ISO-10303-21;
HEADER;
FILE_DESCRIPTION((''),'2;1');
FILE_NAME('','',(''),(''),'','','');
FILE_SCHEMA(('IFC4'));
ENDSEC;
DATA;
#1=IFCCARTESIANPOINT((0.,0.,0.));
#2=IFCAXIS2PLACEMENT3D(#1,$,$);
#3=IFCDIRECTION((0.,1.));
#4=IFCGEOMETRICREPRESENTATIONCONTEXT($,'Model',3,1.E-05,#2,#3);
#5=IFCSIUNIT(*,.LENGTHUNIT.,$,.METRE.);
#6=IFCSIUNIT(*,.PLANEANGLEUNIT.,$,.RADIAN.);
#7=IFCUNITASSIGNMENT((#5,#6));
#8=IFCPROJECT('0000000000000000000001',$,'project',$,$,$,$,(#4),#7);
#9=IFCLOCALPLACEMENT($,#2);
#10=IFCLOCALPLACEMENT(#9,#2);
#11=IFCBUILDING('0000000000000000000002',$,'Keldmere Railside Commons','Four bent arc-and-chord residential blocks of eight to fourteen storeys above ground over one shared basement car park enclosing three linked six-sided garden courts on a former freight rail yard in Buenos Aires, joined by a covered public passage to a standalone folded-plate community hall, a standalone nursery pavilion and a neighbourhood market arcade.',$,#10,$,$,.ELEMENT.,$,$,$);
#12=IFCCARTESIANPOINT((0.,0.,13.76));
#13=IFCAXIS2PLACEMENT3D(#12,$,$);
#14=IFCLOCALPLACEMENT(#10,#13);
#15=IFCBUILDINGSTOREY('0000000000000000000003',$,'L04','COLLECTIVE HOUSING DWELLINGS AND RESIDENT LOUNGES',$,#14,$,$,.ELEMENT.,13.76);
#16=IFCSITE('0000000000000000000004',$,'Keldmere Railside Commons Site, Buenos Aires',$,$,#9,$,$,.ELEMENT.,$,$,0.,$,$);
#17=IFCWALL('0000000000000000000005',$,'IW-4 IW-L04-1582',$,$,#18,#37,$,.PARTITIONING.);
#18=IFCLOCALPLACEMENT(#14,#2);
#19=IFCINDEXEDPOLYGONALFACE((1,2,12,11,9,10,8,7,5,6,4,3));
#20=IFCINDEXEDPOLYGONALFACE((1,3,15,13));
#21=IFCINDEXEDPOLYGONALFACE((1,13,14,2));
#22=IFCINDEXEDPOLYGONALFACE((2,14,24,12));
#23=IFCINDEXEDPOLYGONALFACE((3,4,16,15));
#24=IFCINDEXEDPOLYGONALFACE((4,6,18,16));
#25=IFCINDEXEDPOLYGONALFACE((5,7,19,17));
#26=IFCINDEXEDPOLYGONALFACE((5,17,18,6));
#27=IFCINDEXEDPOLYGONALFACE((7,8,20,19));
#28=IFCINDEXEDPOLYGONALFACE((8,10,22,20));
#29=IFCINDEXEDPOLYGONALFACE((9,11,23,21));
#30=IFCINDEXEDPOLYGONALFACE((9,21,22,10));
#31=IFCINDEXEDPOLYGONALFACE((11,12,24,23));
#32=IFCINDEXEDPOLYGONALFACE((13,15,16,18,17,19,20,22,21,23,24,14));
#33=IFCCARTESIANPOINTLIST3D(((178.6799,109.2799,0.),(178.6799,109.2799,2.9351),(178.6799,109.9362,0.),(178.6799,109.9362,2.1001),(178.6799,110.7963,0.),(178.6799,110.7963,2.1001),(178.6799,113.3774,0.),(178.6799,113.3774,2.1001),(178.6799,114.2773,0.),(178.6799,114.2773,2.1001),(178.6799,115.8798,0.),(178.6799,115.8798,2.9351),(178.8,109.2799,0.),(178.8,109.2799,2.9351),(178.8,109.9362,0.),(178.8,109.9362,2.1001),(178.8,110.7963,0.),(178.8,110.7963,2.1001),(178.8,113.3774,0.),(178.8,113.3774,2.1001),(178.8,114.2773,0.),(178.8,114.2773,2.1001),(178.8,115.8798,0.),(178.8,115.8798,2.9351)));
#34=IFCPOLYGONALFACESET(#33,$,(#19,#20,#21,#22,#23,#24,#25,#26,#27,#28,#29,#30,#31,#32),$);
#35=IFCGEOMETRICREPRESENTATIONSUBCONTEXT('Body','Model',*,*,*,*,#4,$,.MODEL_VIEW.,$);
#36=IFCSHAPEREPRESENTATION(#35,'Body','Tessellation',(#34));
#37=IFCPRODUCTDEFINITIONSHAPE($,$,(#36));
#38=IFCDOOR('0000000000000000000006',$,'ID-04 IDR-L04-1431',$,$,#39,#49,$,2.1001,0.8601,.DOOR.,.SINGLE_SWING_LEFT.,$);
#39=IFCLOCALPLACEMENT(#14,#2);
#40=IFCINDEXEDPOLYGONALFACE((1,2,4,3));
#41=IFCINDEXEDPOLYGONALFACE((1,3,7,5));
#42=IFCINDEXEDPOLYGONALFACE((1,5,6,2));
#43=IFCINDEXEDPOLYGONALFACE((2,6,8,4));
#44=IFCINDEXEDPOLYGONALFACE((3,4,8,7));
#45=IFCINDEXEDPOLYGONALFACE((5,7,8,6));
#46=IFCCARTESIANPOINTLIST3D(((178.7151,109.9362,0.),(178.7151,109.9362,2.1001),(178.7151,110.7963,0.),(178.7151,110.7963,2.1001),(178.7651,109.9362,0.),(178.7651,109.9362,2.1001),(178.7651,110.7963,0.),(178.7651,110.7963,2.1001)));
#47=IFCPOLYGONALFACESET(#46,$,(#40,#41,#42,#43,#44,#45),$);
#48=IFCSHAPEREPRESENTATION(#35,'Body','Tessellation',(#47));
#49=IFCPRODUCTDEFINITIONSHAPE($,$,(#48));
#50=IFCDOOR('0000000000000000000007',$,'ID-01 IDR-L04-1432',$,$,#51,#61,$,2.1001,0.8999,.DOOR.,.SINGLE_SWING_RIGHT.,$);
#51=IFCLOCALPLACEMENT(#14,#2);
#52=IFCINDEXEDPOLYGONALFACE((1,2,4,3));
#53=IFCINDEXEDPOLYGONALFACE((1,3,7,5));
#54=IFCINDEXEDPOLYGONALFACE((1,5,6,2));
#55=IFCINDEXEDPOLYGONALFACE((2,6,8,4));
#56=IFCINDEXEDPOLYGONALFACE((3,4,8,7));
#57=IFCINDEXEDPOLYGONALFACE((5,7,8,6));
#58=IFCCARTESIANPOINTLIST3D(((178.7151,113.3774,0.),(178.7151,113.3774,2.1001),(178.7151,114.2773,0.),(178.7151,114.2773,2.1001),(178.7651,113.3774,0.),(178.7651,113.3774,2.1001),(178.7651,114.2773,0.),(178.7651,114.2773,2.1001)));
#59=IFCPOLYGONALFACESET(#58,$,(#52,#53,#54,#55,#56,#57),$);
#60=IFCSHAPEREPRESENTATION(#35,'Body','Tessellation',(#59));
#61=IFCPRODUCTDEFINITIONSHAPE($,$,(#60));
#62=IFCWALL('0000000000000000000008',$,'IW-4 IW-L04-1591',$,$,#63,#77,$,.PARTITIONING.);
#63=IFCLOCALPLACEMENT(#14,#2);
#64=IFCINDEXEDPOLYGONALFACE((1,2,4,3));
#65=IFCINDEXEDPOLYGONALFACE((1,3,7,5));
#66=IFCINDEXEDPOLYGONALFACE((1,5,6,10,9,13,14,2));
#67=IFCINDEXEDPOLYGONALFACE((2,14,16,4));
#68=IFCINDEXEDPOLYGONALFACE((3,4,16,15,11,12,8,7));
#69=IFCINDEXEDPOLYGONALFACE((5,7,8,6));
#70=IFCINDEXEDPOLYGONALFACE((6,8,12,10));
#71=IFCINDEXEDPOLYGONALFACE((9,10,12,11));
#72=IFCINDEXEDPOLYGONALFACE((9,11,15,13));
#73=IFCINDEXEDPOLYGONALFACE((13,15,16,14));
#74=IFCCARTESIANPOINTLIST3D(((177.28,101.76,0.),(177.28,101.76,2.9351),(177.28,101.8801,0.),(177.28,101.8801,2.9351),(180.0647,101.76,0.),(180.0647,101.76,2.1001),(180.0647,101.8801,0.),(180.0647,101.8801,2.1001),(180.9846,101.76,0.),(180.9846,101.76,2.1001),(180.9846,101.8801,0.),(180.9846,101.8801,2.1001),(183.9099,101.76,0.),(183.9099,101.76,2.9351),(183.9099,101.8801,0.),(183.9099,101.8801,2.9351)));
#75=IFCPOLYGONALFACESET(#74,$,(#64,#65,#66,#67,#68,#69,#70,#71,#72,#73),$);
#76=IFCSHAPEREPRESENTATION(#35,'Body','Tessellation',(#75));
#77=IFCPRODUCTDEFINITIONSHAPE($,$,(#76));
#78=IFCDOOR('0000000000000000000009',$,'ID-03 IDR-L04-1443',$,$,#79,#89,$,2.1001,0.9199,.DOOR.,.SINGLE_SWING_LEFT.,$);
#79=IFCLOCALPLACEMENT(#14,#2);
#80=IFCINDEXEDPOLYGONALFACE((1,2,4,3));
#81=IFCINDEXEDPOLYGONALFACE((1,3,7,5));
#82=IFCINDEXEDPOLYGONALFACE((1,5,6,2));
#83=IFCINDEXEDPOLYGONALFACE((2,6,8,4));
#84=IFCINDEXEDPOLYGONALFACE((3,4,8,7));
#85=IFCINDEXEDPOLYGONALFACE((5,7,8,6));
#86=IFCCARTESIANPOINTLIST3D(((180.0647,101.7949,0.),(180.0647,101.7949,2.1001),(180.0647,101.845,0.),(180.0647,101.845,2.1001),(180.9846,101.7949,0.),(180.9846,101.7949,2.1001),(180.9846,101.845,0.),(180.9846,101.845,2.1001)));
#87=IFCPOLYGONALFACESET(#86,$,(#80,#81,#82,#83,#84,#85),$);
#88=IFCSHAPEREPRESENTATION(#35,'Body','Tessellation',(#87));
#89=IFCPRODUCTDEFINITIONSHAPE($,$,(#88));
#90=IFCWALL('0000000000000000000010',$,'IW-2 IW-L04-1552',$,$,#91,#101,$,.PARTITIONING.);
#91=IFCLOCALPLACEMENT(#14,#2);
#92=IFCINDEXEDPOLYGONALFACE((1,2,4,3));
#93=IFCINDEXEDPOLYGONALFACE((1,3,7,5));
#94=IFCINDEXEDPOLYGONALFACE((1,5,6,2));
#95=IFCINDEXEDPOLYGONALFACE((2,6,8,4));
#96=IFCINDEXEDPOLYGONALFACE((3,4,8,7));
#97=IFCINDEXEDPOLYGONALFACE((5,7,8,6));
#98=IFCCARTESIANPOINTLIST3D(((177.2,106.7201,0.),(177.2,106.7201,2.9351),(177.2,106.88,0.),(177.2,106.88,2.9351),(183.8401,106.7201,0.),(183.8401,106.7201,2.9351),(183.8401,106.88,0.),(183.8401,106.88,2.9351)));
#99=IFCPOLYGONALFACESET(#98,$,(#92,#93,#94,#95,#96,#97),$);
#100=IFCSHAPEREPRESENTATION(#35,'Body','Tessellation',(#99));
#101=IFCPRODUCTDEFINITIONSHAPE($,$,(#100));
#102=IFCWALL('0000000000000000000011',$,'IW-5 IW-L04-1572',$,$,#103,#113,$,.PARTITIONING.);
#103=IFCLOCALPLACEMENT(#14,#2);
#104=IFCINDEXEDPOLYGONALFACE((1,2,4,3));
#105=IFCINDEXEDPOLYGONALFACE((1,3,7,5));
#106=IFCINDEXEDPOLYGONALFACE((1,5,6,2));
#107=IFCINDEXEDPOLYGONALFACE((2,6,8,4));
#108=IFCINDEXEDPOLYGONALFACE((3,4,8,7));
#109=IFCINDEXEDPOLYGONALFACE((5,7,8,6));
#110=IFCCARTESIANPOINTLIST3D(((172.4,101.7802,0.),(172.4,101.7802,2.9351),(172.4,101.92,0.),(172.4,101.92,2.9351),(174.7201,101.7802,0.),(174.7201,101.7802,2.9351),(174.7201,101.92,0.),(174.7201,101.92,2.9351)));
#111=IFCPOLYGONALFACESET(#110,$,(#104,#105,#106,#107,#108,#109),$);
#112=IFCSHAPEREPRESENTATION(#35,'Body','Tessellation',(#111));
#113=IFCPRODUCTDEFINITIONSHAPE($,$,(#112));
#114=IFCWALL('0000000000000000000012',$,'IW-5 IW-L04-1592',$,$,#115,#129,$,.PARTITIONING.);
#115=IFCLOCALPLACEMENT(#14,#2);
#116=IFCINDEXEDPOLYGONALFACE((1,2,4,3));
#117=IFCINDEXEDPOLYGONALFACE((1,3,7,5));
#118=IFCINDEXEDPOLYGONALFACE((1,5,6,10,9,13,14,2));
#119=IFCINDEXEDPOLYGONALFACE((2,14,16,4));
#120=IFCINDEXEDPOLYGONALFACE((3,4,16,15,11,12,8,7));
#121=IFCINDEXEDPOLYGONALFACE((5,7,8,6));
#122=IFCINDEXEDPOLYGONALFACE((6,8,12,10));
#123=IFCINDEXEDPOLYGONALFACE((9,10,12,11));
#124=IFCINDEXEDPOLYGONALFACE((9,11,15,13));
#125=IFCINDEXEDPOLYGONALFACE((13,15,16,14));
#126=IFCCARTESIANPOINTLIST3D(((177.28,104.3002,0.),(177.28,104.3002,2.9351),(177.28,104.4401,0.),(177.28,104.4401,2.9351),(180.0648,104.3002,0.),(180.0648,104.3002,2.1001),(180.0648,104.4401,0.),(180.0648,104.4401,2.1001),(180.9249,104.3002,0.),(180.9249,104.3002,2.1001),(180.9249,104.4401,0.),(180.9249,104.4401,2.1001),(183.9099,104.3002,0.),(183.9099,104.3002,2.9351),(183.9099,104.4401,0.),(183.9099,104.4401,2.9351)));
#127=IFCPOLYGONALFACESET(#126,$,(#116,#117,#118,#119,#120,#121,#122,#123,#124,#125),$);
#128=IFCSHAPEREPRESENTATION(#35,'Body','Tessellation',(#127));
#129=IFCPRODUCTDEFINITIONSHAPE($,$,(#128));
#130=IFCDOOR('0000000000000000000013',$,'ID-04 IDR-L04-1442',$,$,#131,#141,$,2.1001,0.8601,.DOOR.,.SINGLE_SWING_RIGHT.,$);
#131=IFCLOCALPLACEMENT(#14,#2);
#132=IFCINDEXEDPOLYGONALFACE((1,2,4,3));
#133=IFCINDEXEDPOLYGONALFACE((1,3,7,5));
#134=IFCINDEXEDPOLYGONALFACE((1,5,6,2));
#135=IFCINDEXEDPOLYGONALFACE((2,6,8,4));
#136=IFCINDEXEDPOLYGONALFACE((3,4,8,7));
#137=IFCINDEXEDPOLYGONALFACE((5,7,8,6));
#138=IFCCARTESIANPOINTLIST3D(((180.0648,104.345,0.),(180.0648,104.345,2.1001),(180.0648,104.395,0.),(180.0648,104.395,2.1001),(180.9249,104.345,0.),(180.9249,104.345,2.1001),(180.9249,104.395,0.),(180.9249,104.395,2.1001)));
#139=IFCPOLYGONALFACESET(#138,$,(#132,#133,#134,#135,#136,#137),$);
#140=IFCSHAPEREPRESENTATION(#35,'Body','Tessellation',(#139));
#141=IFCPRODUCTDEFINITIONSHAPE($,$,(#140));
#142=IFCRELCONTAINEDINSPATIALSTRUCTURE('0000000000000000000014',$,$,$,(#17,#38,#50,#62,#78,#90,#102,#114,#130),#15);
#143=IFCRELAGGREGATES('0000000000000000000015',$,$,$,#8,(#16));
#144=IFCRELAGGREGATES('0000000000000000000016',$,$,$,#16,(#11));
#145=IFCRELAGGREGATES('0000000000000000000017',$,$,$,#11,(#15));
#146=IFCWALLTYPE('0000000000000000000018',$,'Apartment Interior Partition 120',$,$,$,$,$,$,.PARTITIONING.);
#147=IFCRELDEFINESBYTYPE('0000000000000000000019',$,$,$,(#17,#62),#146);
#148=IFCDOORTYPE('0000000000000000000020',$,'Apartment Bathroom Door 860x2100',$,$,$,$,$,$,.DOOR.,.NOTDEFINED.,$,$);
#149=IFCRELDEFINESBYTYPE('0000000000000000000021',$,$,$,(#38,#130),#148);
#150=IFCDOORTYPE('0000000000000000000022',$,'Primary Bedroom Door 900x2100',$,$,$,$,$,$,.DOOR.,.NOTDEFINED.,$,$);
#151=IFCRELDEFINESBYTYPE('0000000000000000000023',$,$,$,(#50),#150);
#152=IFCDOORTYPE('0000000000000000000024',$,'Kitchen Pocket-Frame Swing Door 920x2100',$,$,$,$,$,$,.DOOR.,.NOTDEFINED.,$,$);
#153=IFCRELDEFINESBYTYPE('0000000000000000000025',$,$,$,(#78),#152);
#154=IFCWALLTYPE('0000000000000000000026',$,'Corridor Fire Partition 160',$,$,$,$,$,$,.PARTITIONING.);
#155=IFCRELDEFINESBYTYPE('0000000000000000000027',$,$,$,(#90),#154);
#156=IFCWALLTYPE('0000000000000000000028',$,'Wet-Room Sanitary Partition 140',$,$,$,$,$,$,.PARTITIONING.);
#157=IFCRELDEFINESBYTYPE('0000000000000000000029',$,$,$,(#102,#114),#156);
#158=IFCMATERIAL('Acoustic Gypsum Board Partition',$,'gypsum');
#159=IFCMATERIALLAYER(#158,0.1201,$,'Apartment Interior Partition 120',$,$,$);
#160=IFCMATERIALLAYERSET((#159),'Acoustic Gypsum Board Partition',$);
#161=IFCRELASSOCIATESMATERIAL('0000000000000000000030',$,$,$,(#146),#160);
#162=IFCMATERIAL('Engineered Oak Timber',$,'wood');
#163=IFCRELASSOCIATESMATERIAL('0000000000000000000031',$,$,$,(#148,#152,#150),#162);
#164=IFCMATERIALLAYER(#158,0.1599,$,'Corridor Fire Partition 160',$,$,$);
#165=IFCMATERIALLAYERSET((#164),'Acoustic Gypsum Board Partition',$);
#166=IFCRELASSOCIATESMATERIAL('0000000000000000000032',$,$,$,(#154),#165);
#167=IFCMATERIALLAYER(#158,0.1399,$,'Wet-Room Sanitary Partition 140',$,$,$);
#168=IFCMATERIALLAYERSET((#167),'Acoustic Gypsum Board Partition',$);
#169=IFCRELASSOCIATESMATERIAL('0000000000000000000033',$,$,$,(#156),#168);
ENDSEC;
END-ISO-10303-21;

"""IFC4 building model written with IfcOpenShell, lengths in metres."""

from ifc_helpers import new_model, si_unit, direction, frame, frame_2d, origin, place, context, subcontext, project, spatial, rectangle, extrude, material, layer, layer_set, type_object, element, fill, save


model = new_model("IFC4")

# Units and contexts
model_context = context("Model", 3, precision=1e-05, world=origin(), true_north=direction((0.0, 1.0)))
body_context = subcontext(model_context, "Body", "Model", "MODEL_VIEW")
ifc_project = project(units=[si_unit("LENGTHUNIT", "METRE"), si_unit("PLANEANGLEUNIT", "RADIAN")], contexts=[model_context])

# Site, building, storey
site_placement = place(None, origin())
site = spatial("IfcSite", under=ifc_project, at=site_placement, Name="Keldmere Railside Commons Site, Buenos Aires", CompositionType="ELEMENT", RefElevation=0.0)
building_placement = place(site_placement, origin())
building = spatial("IfcBuilding", under=site, at=building_placement, Name="Keldmere Railside Commons", Description="Four bent arc-and-chord residential blocks of eight to fourteen storeys above ground over one shared basement car park enclosing three linked six-sided garden courts on a former freight rail yard in Buenos Aires, joined by a covered public passage to a standalone folded-plate community hall, a standalone nursery pavilion and a neighbourhood market arcade.", CompositionType="ELEMENT")
storey_placement = place(building_placement, frame((0.0, 0.0, 13.76)))
storey = spatial("IfcBuildingStorey", under=building, at=storey_placement, Name="L04", Description="COLLECTIVE HOUSING DWELLINGS AND RESIDENT LOUNGES", CompositionType="ELEMENT", Elevation=13.76)

# Shared definitions
ifc_material_1 = material(Name="Acoustic Gypsum Board Partition", Category="gypsum")

# Wall, openings, doors
ifc_layer_1 = layer(ifc_material_1, 0.1201, Name="Apartment Interior Partition 120")
ifc_layer_set_1 = layer_set([ifc_layer_1], Name="Acoustic Gypsum Board Partition")
wall_type_1 = type_object("IfcWallType", Name="Apartment Interior Partition 120", PredefinedType="PARTITIONING", material=ifc_layer_set_1)
ifc_material_2 = material(Name="Engineered Oak Timber", Category="wood")
door_type_1 = type_object("IfcDoorType", Name="Apartment Bathroom Door 860x2100", OperationType="NOTDEFINED", PredefinedType="DOOR", material=ifc_material_2)
door_type_2 = type_object("IfcDoorType", Name="Kitchen Pocket-Frame Swing Door 920x2100", OperationType="NOTDEFINED", PredefinedType="DOOR", material=ifc_material_2)
wall_1_placement = place(storey_placement, frame((178.74, 109.28, 0.0), z_axis=(0.0, 0.0, 1.0), x_axis=(0.0, 1.0, 0.0)))
wall_1 = element("IfcWall", 1, at=wall_1_placement, inside=storey, type_object=wall_type_1, Name="IW-4 IW-L04-1582", PredefinedType="PARTITIONING", context=body_context, shape_type="SweptSolid", body=[
    extrude(rectangle(XDim=6.5999, YDim=0.1201, at=frame_2d((3.2998, 0.0))), origin(), (0.0, 0.0, 1.0), 2.9351),
])
opening_1_placement = place(wall_1_placement, frame((0.656, 0.0, 0.0)))
opening_1 = element("IfcOpeningElement", 2, at=opening_1_placement, cuts=wall_1, PredefinedType="OPENING", context=body_context, shape_type="SweptSolid", body=[
    extrude(rectangle(XDim=0.8601, YDim=2.1001, at=frame_2d((0.4302, 1.05))), frame((0.0, 0.0701, 0.0), z_axis=(0.0, -1.0, 0.0), x_axis=(1.0, 0.0, 0.0)), (0.0, 0.0, 1.0), 0.1401),
])
opening_2_placement = place(wall_1_placement, frame((4.0974, 0.0, 0.0)))
opening_2 = element("IfcOpeningElement", 3, at=opening_2_placement, cuts=wall_1, PredefinedType="OPENING", context=body_context, shape_type="SweptSolid", body=[
    extrude(rectangle(XDim=0.8999, YDim=2.1001, at=frame_2d((0.45, 1.05))), frame((0.0, 0.0701, 0.0), z_axis=(0.0, -1.0, 0.0), x_axis=(1.0, 0.0, 0.0)), (0.0, 0.0, 1.0), 0.1401),
])
door_1_placement = place(opening_1_placement, origin())
door_1 = element("IfcDoor", 4, at=door_1_placement, inside=storey, type_object=door_type_1, Name="ID-04 IDR-L04-1431", OperationType="SINGLE_SWING_LEFT", OverallHeight=2.1001, OverallWidth=0.8601, PredefinedType="DOOR", context=body_context, shape_type="SweptSolid", body=[
    extrude(rectangle(XDim=0.8601, YDim=2.1001, at=frame_2d((0.4302, 1.05))), frame((0.0, 0.0249, 0.0), z_axis=(0.0, -1.0, 0.0), x_axis=(1.0, 0.0, 0.0)), (0.0, 0.0, 1.0), 0.05),
])
fill(opening_1, door_1)
door_type_3 = type_object("IfcDoorType", Name="Primary Bedroom Door 900x2100", OperationType="NOTDEFINED", PredefinedType="DOOR", material=ifc_material_2)
door_2_placement = place(opening_2_placement, origin())
door_2 = element("IfcDoor", 5, at=door_2_placement, inside=storey, type_object=door_type_3, Name="ID-01 IDR-L04-1432", OperationType="SINGLE_SWING_RIGHT", OverallHeight=2.1001, OverallWidth=0.8999, PredefinedType="DOOR", context=body_context, shape_type="SweptSolid", body=[
    extrude(rectangle(XDim=0.8999, YDim=2.1001, at=frame_2d((0.45, 1.05))), frame((0.0, 0.0249, 0.0), z_axis=(0.0, -1.0, 0.0), x_axis=(1.0, 0.0, 0.0)), (0.0, 0.0, 1.0), 0.05),
])
fill(opening_2, door_2)

# Wall, opening, door
wall_2_placement = place(storey_placement, frame((177.28, 101.8201, 0.0), z_axis=(0.0, 0.0, 1.0), x_axis=(1.0, 0.0, 0.0)))
wall_2 = element("IfcWall", 6, at=wall_2_placement, inside=storey, type_object=wall_type_1, Name="IW-4 IW-L04-1591", PredefinedType="PARTITIONING", context=body_context, shape_type="SweptSolid", body=[
    extrude(rectangle(XDim=6.6299, YDim=0.1201, at=frame_2d((3.3149, 0.0))), origin(), (0.0, 0.0, 1.0), 2.9351),
])
opening_3_placement = place(wall_2_placement, frame((2.7847, 0.0, 0.0)))
opening_3 = element("IfcOpeningElement", 7, at=opening_3_placement, cuts=wall_2, PredefinedType="OPENING", context=body_context, shape_type="SweptSolid", body=[
    extrude(rectangle(XDim=0.9199, YDim=2.1001, at=frame_2d((0.46, 1.05))), frame((0.0, 0.0701, 0.0), z_axis=(0.0, -1.0, 0.0), x_axis=(1.0, 0.0, 0.0)), (0.0, 0.0, 1.0), 0.1401),
])
door_3_placement = place(opening_3_placement, origin())
door_3 = element("IfcDoor", 8, at=door_3_placement, inside=storey, type_object=door_type_2, Name="ID-03 IDR-L04-1443", OperationType="SINGLE_SWING_LEFT", OverallHeight=2.1001, OverallWidth=0.9199, PredefinedType="DOOR", context=body_context, shape_type="SweptSolid", body=[
    extrude(rectangle(XDim=0.9199, YDim=2.1001, at=frame_2d((0.46, 1.05))), frame((0.0, 0.0249, 0.0), z_axis=(0.0, -1.0, 0.0), x_axis=(1.0, 0.0, 0.0)), (0.0, 0.0, 1.0), 0.05),
])
fill(opening_3, door_3)

# Walls
ifc_layer_2 = layer(ifc_material_1, 0.1599, Name="Corridor Fire Partition 160")
ifc_layer_set_2 = layer_set([ifc_layer_2], Name="Acoustic Gypsum Board Partition")
wall_type_2 = type_object("IfcWallType", Name="Corridor Fire Partition 160", PredefinedType="PARTITIONING", material=ifc_layer_set_2)
wall_3_placement = place(storey_placement, frame((177.2, 106.8, 0.0), z_axis=(0.0, 0.0, 1.0), x_axis=(1.0, 0.0, 0.0)))
element("IfcWall", 9, at=wall_3_placement, inside=storey, type_object=wall_type_2, Name="IW-2 IW-L04-1552", PredefinedType="PARTITIONING", context=body_context, shape_type="SweptSolid", body=[
    extrude(rectangle(XDim=6.6401, YDim=0.1599, at=frame_2d((3.3201, 0.0))), origin(), (0.0, 0.0, 1.0), 2.9351),
])
ifc_layer_3 = layer(ifc_material_1, 0.1399, Name="Wet-Room Sanitary Partition 140")
ifc_layer_set_3 = layer_set([ifc_layer_3], Name="Acoustic Gypsum Board Partition")
wall_type_3 = type_object("IfcWallType", Name="Wet-Room Sanitary Partition 140", PredefinedType="PARTITIONING", material=ifc_layer_set_3)
wall_4_placement = place(storey_placement, frame((172.3999, 101.8501, 0.0), z_axis=(0.0, 0.0, 1.0), x_axis=(1.0, 0.0, 0.0)))
element("IfcWall", 10, at=wall_4_placement, inside=storey, type_object=wall_type_3, Name="IW-5 IW-L04-1572", PredefinedType="PARTITIONING", context=body_context, shape_type="SweptSolid", body=[
    extrude(rectangle(XDim=2.3201, YDim=0.1399, at=frame_2d((1.1602, 0.0))), origin(), (0.0, 0.0, 1.0), 2.9351),
])

# Wall, opening, door
wall_5_placement = place(storey_placement, frame((177.28, 104.3701, 0.0), z_axis=(0.0, 0.0, 1.0), x_axis=(1.0, 0.0, 0.0)))
wall_5 = element("IfcWall", 11, at=wall_5_placement, inside=storey, type_object=wall_type_3, Name="IW-5 IW-L04-1592", PredefinedType="PARTITIONING", context=body_context, shape_type="SweptSolid", body=[
    extrude(rectangle(XDim=6.6299, YDim=0.1399, at=frame_2d((3.3149, 0.0))), origin(), (0.0, 0.0, 1.0), 2.9351),
])
opening_4_placement = place(wall_5_placement, frame((2.7847, 0.0, 0.0)))
opening_4 = element("IfcOpeningElement", 12, at=opening_4_placement, cuts=wall_5, PredefinedType="OPENING", context=body_context, shape_type="SweptSolid", body=[
    extrude(rectangle(XDim=0.8601, YDim=2.1001, at=frame_2d((0.4302, 1.05))), frame((0.0, 0.0798, 0.0), z_axis=(0.0, -1.0, 0.0), x_axis=(1.0, 0.0, 0.0)), (0.0, 0.0, 1.0), 0.1599),
])
door_4_placement = place(opening_4_placement, origin())
door_4 = element("IfcDoor", 13, at=door_4_placement, inside=storey, type_object=door_type_1, Name="ID-04 IDR-L04-1442", OperationType="SINGLE_SWING_RIGHT", OverallHeight=2.1001, OverallWidth=0.8601, PredefinedType="DOOR", context=body_context, shape_type="SweptSolid", body=[
    extrude(rectangle(XDim=0.8601, YDim=2.1001, at=frame_2d((0.4302, 1.05))), frame((0.0, 0.0249, 0.0), z_axis=(0.0, -1.0, 0.0), x_axis=(1.0, 0.0, 0.0)), (0.0, 0.0, 1.0), 0.05),
])
fill(opening_4, door_4)

save(model, "model.ifc")
